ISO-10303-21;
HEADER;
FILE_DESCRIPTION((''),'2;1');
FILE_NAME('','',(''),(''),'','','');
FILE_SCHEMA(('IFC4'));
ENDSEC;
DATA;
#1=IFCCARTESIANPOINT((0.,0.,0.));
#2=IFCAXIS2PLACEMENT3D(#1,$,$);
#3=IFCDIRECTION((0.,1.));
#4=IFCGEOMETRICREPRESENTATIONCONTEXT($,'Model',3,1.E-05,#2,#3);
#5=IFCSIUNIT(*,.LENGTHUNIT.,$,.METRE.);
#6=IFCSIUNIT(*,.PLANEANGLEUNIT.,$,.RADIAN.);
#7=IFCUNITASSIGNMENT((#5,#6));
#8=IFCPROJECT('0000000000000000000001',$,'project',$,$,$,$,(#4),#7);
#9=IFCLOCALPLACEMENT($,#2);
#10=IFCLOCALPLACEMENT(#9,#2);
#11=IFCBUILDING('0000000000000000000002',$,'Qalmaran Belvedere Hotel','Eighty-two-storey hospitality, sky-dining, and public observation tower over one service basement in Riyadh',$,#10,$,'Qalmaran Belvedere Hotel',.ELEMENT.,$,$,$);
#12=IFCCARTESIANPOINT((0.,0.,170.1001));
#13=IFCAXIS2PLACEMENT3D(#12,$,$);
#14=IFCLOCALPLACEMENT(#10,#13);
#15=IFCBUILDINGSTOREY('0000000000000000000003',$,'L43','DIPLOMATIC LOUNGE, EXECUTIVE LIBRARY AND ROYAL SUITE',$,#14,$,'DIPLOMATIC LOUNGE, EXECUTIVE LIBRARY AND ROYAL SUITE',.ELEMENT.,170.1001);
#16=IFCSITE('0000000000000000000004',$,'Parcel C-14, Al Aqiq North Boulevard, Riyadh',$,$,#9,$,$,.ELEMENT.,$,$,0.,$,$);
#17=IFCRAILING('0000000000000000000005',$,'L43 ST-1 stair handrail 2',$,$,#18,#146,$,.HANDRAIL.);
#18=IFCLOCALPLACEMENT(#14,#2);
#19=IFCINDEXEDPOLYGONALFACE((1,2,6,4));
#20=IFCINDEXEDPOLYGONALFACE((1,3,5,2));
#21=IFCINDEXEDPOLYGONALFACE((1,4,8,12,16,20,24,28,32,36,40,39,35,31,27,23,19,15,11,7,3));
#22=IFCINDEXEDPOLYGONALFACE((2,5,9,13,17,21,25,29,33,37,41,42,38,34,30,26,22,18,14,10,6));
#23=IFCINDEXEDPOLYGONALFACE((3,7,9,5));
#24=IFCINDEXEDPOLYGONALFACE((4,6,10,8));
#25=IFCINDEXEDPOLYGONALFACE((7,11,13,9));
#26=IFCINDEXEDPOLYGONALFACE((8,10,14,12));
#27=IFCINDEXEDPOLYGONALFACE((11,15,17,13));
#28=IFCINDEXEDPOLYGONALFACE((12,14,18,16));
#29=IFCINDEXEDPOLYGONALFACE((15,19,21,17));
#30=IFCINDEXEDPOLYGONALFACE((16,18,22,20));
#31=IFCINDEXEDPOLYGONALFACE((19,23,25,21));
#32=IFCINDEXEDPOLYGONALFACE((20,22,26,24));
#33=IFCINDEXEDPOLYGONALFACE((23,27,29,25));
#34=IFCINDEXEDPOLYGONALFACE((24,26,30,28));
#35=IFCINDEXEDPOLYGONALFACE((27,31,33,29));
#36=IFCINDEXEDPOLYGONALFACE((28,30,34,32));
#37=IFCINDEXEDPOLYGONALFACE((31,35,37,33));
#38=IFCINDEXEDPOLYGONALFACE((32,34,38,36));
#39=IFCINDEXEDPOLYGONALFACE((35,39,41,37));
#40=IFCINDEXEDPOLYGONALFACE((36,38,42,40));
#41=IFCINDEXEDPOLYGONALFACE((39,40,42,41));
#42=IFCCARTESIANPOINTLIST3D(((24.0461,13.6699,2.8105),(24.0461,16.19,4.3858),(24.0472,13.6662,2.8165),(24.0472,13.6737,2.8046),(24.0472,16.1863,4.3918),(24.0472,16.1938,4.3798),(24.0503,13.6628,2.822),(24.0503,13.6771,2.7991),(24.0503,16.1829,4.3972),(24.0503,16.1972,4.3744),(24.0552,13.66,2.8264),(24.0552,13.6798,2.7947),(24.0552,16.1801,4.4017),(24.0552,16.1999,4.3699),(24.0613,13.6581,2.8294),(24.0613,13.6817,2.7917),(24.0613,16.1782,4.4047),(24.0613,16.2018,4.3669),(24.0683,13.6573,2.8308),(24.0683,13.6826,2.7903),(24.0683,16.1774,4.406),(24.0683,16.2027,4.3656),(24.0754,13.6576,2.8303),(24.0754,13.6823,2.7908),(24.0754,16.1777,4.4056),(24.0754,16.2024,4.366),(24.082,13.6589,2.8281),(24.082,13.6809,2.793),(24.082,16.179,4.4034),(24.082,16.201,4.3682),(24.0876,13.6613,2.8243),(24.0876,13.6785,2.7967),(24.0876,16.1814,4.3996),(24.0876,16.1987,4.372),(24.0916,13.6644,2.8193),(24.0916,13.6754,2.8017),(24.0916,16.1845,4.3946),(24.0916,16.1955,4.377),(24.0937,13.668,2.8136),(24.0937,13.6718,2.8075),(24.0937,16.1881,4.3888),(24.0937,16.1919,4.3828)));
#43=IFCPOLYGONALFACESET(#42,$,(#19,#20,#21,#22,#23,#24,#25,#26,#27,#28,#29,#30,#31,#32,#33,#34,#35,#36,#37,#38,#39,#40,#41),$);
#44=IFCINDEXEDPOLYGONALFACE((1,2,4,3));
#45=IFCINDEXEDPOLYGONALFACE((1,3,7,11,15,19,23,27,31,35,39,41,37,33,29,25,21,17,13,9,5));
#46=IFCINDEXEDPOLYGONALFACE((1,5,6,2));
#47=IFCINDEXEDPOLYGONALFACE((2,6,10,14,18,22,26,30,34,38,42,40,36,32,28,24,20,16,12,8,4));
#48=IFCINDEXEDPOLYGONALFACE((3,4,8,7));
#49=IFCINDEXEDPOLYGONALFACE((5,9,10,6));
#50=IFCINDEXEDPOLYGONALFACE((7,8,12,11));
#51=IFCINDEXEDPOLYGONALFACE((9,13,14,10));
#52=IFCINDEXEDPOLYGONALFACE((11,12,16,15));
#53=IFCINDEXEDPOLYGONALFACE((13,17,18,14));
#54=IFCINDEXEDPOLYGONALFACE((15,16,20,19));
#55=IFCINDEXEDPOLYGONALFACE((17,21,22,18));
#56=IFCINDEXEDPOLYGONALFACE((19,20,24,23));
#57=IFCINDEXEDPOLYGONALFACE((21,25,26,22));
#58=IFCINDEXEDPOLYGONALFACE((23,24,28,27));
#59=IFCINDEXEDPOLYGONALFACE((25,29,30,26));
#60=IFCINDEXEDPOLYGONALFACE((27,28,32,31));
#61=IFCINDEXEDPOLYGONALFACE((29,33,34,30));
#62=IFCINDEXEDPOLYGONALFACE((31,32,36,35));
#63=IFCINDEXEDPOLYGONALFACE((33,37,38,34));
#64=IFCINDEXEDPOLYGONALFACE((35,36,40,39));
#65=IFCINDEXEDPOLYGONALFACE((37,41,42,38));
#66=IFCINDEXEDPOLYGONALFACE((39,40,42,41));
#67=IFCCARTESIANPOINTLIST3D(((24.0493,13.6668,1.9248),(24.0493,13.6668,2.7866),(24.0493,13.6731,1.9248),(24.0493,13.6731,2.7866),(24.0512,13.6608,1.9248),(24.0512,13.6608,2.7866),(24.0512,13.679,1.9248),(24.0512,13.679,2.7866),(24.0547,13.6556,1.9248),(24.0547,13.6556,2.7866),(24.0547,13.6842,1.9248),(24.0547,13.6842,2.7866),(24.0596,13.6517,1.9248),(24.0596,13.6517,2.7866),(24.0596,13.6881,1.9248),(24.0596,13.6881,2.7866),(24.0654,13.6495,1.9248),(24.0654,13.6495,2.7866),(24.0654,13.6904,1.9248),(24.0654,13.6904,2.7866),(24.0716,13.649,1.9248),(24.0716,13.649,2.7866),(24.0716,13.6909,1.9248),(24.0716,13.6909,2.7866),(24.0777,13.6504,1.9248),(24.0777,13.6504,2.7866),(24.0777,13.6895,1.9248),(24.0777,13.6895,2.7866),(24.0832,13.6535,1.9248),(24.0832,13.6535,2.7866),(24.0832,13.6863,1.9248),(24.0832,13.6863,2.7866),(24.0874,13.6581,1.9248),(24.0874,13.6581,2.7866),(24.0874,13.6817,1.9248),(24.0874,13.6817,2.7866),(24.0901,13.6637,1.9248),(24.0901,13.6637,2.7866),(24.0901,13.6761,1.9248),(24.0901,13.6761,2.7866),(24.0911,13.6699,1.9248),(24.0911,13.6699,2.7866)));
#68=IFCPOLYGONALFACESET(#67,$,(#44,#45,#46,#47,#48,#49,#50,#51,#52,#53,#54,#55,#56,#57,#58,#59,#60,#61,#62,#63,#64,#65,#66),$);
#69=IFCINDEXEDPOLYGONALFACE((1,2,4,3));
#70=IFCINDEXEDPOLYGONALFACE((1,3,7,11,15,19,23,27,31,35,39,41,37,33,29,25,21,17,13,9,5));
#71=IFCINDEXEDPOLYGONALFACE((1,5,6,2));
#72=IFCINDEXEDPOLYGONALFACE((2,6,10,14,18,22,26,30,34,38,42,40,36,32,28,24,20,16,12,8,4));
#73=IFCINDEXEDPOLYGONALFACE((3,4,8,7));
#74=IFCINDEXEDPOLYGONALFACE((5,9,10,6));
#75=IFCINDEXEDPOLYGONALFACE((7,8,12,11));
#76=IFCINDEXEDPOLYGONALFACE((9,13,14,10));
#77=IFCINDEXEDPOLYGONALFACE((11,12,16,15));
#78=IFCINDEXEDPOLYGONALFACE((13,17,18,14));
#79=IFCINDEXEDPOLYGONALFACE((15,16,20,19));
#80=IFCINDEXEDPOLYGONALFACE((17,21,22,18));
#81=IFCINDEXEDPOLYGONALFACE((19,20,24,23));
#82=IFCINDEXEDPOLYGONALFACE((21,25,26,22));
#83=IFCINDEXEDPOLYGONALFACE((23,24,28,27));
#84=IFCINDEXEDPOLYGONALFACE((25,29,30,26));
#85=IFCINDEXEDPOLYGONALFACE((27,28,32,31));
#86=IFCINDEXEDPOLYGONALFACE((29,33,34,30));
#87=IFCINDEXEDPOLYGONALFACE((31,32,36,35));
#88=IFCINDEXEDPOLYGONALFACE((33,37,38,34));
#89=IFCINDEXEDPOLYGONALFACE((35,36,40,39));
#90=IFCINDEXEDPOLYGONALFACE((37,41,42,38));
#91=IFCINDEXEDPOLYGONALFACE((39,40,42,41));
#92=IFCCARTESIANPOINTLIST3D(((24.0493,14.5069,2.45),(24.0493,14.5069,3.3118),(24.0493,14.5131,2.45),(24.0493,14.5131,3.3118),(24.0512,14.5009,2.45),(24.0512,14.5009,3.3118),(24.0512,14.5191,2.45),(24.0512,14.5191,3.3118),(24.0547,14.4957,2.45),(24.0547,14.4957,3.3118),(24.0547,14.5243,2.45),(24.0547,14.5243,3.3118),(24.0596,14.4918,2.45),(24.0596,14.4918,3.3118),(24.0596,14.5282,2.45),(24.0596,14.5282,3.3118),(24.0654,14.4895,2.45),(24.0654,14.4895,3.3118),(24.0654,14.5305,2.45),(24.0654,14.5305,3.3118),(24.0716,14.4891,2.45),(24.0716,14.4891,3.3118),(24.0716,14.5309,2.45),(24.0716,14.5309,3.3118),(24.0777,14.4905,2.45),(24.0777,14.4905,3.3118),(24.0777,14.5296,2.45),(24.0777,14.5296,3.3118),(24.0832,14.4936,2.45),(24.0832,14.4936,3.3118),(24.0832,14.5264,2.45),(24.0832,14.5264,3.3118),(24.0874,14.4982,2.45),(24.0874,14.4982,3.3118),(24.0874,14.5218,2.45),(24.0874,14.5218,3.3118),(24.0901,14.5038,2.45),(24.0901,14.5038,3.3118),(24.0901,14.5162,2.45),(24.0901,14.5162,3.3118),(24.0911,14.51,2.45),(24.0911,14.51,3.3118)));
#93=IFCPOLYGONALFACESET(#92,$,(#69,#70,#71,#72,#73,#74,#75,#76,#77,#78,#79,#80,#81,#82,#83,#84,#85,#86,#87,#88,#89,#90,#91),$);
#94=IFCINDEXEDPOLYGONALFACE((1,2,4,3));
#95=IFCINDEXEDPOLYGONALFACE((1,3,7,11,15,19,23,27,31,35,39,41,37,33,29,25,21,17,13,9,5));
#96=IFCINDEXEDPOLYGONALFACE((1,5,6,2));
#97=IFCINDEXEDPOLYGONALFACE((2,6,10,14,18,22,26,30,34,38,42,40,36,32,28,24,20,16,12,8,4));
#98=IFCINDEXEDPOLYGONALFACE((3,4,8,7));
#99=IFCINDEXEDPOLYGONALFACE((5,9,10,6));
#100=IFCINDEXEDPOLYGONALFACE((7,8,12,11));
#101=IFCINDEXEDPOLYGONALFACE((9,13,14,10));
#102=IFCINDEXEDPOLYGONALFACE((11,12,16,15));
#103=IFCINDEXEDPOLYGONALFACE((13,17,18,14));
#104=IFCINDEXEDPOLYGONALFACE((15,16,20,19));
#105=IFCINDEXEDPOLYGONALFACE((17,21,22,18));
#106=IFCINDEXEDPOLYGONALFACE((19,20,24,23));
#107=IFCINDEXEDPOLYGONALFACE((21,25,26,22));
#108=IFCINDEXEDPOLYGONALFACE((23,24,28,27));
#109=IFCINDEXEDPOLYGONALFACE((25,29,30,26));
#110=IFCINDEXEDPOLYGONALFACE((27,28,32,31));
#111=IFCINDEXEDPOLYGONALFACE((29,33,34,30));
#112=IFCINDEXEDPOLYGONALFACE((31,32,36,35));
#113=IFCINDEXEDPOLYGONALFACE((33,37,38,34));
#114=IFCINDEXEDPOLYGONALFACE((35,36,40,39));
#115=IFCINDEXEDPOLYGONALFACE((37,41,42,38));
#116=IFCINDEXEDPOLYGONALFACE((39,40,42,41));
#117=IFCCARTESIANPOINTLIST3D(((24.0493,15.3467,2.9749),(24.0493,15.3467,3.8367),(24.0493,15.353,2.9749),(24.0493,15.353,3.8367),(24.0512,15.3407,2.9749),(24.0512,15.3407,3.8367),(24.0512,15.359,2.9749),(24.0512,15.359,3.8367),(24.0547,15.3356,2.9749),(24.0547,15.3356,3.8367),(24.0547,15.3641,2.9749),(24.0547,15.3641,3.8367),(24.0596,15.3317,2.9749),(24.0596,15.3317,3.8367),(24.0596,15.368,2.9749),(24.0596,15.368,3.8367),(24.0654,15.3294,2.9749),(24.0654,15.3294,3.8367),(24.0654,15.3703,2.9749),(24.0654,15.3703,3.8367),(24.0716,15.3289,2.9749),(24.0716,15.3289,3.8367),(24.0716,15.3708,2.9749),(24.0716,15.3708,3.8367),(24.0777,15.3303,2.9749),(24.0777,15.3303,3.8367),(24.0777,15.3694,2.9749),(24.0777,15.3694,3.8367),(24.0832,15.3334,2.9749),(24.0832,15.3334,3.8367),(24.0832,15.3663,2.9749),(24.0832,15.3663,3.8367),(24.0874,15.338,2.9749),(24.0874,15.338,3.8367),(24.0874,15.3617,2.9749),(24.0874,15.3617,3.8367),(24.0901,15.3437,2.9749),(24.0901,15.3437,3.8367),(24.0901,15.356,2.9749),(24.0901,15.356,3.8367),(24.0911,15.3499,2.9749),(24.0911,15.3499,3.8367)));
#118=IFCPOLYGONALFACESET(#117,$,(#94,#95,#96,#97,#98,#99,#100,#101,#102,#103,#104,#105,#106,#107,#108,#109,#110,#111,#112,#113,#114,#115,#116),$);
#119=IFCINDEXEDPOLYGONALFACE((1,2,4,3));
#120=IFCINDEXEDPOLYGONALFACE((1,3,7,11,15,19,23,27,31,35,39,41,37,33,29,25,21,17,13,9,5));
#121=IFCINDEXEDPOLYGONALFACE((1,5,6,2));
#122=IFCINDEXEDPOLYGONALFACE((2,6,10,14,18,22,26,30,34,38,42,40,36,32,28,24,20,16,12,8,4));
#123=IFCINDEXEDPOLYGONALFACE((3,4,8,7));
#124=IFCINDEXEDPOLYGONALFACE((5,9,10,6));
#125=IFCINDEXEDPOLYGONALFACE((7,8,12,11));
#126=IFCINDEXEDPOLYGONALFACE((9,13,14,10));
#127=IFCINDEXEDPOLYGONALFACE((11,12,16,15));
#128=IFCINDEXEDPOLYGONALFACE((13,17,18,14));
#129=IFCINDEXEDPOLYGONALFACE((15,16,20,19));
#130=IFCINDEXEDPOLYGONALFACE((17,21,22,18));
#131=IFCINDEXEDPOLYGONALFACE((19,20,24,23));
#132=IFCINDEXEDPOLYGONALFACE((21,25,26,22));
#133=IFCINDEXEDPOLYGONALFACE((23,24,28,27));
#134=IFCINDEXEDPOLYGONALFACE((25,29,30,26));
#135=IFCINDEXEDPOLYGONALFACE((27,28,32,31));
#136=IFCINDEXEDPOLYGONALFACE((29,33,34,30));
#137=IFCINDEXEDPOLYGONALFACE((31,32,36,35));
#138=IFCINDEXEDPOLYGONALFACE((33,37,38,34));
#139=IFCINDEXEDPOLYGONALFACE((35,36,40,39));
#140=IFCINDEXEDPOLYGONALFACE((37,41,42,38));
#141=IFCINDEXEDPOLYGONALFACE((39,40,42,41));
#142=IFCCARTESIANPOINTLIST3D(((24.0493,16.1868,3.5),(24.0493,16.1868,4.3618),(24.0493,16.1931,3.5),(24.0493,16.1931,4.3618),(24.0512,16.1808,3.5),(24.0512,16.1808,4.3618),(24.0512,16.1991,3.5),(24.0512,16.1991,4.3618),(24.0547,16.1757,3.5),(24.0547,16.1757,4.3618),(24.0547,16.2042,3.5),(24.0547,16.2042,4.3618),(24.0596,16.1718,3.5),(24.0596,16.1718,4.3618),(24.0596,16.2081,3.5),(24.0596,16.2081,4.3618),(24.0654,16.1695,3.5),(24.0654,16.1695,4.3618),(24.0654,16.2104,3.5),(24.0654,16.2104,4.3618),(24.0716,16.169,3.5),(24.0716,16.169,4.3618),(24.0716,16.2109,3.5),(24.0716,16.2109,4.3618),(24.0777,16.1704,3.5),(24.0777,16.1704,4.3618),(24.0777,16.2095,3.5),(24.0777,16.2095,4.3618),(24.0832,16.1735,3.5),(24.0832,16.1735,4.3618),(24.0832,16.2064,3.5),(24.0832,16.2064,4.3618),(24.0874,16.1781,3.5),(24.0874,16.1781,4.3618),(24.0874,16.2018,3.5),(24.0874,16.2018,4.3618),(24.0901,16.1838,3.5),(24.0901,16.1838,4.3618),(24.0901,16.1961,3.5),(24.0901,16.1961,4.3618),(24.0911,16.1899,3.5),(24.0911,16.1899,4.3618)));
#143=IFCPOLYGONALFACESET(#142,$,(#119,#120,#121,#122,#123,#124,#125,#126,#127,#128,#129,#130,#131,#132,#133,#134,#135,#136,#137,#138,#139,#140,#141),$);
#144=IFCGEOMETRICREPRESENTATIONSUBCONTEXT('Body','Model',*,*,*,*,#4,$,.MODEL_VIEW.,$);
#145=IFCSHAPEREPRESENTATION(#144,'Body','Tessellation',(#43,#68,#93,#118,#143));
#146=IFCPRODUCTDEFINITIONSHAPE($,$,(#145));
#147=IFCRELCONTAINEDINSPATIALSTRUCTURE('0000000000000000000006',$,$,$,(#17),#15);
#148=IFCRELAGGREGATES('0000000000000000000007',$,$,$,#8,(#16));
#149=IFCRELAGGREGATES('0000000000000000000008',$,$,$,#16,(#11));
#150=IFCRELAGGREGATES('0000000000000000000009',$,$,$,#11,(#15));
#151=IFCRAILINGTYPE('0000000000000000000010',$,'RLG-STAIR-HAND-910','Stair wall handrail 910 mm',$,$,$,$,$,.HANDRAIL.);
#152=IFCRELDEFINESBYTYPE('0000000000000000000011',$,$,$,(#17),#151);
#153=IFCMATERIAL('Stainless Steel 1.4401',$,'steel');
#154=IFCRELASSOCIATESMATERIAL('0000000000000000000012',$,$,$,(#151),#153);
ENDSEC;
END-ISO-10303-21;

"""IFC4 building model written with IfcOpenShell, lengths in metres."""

from ifc_helpers import new_model, si_unit, direction, frame, origin, origin_2d, place, context, subcontext, project, spatial, circle, extrude, material, type_object, element, save


model = new_model("IFC4")

# Units and contexts
model_context = context("Model", 3, precision=1e-05, world=origin(), true_north=direction((0.0, 1.0)))
body_context = subcontext(model_context, "Body", "Model", "MODEL_VIEW")
ifc_project = project(units=[si_unit("LENGTHUNIT", "METRE"), si_unit("PLANEANGLEUNIT", "RADIAN")], contexts=[model_context])

# Site, building, storey
site_placement = place(None, origin())
site = spatial("IfcSite", under=ifc_project, at=site_placement, Name="Parcel C-14, Al Aqiq North Boulevard, Riyadh", CompositionType="ELEMENT", RefElevation=0.0)
building_placement = place(site_placement, origin())
building = spatial("IfcBuilding", under=site, at=building_placement, Name="Qalmaran Belvedere Hotel", Description="Eighty-two-storey hospitality, sky-dining, and public observation tower over one service basement in Riyadh", LongName="Qalmaran Belvedere Hotel", CompositionType="ELEMENT")
storey_placement = place(building_placement, frame((0.0, 0.0, 170.1001)))
storey = spatial("IfcBuildingStorey", under=building, at=storey_placement, Name="L43", Description="DIPLOMATIC LOUNGE, EXECUTIVE LIBRARY AND ROYAL SUITE", LongName="DIPLOMATIC LOUNGE, EXECUTIVE LIBRARY AND ROYAL SUITE", CompositionType="ELEMENT", Elevation=170.1001)

# Shared definitions
ifc_material_1 = material(Name="Stainless Steel 1.4401", Category="steel")

# Railing
railing_type_1 = type_object("IfcRailingType", Name="RLG-STAIR-HAND-910", Description="Stair wall handrail 910 mm", PredefinedType="HANDRAIL", material=ifc_material_1)
railing_1_placement = place(storey_placement, frame((24.0701, 13.6699, 1.9248)))
element("IfcRailing", 1, at=railing_1_placement, inside=storey, type_object=railing_type_1, Name="L43 ST-1 stair handrail 2", PredefinedType="HANDRAIL", context=body_context, shape_type="SweptSolid", body=[
    extrude(circle(Radius=0.0239, at=origin_2d()), frame((0.0, 0.0, 0.8857), z_axis=(0.0, 0.847971, 0.530043), x_axis=(-1.0, 0.0, 0.0)), (0.0, 0.0, 1.0), 2.9719),
    extrude(circle(Radius=0.021, at=origin_2d()), origin(), (0.0, 0.0, 1.0), 0.8618),
    extrude(circle(Radius=0.021, at=origin_2d()), frame((0.0, 0.8401, 0.5251)), (0.0, 0.0, 1.0), 0.8618),
    extrude(circle(Radius=0.021, at=origin_2d()), frame((0.0, 1.6799, 1.05)), (0.0, 0.0, 1.0), 0.8618),
    extrude(circle(Radius=0.021, at=origin_2d()), frame((0.0, 2.52, 1.5752)), (0.0, 0.0, 1.0), 0.8618),
])

save(model, "model.ifc")
